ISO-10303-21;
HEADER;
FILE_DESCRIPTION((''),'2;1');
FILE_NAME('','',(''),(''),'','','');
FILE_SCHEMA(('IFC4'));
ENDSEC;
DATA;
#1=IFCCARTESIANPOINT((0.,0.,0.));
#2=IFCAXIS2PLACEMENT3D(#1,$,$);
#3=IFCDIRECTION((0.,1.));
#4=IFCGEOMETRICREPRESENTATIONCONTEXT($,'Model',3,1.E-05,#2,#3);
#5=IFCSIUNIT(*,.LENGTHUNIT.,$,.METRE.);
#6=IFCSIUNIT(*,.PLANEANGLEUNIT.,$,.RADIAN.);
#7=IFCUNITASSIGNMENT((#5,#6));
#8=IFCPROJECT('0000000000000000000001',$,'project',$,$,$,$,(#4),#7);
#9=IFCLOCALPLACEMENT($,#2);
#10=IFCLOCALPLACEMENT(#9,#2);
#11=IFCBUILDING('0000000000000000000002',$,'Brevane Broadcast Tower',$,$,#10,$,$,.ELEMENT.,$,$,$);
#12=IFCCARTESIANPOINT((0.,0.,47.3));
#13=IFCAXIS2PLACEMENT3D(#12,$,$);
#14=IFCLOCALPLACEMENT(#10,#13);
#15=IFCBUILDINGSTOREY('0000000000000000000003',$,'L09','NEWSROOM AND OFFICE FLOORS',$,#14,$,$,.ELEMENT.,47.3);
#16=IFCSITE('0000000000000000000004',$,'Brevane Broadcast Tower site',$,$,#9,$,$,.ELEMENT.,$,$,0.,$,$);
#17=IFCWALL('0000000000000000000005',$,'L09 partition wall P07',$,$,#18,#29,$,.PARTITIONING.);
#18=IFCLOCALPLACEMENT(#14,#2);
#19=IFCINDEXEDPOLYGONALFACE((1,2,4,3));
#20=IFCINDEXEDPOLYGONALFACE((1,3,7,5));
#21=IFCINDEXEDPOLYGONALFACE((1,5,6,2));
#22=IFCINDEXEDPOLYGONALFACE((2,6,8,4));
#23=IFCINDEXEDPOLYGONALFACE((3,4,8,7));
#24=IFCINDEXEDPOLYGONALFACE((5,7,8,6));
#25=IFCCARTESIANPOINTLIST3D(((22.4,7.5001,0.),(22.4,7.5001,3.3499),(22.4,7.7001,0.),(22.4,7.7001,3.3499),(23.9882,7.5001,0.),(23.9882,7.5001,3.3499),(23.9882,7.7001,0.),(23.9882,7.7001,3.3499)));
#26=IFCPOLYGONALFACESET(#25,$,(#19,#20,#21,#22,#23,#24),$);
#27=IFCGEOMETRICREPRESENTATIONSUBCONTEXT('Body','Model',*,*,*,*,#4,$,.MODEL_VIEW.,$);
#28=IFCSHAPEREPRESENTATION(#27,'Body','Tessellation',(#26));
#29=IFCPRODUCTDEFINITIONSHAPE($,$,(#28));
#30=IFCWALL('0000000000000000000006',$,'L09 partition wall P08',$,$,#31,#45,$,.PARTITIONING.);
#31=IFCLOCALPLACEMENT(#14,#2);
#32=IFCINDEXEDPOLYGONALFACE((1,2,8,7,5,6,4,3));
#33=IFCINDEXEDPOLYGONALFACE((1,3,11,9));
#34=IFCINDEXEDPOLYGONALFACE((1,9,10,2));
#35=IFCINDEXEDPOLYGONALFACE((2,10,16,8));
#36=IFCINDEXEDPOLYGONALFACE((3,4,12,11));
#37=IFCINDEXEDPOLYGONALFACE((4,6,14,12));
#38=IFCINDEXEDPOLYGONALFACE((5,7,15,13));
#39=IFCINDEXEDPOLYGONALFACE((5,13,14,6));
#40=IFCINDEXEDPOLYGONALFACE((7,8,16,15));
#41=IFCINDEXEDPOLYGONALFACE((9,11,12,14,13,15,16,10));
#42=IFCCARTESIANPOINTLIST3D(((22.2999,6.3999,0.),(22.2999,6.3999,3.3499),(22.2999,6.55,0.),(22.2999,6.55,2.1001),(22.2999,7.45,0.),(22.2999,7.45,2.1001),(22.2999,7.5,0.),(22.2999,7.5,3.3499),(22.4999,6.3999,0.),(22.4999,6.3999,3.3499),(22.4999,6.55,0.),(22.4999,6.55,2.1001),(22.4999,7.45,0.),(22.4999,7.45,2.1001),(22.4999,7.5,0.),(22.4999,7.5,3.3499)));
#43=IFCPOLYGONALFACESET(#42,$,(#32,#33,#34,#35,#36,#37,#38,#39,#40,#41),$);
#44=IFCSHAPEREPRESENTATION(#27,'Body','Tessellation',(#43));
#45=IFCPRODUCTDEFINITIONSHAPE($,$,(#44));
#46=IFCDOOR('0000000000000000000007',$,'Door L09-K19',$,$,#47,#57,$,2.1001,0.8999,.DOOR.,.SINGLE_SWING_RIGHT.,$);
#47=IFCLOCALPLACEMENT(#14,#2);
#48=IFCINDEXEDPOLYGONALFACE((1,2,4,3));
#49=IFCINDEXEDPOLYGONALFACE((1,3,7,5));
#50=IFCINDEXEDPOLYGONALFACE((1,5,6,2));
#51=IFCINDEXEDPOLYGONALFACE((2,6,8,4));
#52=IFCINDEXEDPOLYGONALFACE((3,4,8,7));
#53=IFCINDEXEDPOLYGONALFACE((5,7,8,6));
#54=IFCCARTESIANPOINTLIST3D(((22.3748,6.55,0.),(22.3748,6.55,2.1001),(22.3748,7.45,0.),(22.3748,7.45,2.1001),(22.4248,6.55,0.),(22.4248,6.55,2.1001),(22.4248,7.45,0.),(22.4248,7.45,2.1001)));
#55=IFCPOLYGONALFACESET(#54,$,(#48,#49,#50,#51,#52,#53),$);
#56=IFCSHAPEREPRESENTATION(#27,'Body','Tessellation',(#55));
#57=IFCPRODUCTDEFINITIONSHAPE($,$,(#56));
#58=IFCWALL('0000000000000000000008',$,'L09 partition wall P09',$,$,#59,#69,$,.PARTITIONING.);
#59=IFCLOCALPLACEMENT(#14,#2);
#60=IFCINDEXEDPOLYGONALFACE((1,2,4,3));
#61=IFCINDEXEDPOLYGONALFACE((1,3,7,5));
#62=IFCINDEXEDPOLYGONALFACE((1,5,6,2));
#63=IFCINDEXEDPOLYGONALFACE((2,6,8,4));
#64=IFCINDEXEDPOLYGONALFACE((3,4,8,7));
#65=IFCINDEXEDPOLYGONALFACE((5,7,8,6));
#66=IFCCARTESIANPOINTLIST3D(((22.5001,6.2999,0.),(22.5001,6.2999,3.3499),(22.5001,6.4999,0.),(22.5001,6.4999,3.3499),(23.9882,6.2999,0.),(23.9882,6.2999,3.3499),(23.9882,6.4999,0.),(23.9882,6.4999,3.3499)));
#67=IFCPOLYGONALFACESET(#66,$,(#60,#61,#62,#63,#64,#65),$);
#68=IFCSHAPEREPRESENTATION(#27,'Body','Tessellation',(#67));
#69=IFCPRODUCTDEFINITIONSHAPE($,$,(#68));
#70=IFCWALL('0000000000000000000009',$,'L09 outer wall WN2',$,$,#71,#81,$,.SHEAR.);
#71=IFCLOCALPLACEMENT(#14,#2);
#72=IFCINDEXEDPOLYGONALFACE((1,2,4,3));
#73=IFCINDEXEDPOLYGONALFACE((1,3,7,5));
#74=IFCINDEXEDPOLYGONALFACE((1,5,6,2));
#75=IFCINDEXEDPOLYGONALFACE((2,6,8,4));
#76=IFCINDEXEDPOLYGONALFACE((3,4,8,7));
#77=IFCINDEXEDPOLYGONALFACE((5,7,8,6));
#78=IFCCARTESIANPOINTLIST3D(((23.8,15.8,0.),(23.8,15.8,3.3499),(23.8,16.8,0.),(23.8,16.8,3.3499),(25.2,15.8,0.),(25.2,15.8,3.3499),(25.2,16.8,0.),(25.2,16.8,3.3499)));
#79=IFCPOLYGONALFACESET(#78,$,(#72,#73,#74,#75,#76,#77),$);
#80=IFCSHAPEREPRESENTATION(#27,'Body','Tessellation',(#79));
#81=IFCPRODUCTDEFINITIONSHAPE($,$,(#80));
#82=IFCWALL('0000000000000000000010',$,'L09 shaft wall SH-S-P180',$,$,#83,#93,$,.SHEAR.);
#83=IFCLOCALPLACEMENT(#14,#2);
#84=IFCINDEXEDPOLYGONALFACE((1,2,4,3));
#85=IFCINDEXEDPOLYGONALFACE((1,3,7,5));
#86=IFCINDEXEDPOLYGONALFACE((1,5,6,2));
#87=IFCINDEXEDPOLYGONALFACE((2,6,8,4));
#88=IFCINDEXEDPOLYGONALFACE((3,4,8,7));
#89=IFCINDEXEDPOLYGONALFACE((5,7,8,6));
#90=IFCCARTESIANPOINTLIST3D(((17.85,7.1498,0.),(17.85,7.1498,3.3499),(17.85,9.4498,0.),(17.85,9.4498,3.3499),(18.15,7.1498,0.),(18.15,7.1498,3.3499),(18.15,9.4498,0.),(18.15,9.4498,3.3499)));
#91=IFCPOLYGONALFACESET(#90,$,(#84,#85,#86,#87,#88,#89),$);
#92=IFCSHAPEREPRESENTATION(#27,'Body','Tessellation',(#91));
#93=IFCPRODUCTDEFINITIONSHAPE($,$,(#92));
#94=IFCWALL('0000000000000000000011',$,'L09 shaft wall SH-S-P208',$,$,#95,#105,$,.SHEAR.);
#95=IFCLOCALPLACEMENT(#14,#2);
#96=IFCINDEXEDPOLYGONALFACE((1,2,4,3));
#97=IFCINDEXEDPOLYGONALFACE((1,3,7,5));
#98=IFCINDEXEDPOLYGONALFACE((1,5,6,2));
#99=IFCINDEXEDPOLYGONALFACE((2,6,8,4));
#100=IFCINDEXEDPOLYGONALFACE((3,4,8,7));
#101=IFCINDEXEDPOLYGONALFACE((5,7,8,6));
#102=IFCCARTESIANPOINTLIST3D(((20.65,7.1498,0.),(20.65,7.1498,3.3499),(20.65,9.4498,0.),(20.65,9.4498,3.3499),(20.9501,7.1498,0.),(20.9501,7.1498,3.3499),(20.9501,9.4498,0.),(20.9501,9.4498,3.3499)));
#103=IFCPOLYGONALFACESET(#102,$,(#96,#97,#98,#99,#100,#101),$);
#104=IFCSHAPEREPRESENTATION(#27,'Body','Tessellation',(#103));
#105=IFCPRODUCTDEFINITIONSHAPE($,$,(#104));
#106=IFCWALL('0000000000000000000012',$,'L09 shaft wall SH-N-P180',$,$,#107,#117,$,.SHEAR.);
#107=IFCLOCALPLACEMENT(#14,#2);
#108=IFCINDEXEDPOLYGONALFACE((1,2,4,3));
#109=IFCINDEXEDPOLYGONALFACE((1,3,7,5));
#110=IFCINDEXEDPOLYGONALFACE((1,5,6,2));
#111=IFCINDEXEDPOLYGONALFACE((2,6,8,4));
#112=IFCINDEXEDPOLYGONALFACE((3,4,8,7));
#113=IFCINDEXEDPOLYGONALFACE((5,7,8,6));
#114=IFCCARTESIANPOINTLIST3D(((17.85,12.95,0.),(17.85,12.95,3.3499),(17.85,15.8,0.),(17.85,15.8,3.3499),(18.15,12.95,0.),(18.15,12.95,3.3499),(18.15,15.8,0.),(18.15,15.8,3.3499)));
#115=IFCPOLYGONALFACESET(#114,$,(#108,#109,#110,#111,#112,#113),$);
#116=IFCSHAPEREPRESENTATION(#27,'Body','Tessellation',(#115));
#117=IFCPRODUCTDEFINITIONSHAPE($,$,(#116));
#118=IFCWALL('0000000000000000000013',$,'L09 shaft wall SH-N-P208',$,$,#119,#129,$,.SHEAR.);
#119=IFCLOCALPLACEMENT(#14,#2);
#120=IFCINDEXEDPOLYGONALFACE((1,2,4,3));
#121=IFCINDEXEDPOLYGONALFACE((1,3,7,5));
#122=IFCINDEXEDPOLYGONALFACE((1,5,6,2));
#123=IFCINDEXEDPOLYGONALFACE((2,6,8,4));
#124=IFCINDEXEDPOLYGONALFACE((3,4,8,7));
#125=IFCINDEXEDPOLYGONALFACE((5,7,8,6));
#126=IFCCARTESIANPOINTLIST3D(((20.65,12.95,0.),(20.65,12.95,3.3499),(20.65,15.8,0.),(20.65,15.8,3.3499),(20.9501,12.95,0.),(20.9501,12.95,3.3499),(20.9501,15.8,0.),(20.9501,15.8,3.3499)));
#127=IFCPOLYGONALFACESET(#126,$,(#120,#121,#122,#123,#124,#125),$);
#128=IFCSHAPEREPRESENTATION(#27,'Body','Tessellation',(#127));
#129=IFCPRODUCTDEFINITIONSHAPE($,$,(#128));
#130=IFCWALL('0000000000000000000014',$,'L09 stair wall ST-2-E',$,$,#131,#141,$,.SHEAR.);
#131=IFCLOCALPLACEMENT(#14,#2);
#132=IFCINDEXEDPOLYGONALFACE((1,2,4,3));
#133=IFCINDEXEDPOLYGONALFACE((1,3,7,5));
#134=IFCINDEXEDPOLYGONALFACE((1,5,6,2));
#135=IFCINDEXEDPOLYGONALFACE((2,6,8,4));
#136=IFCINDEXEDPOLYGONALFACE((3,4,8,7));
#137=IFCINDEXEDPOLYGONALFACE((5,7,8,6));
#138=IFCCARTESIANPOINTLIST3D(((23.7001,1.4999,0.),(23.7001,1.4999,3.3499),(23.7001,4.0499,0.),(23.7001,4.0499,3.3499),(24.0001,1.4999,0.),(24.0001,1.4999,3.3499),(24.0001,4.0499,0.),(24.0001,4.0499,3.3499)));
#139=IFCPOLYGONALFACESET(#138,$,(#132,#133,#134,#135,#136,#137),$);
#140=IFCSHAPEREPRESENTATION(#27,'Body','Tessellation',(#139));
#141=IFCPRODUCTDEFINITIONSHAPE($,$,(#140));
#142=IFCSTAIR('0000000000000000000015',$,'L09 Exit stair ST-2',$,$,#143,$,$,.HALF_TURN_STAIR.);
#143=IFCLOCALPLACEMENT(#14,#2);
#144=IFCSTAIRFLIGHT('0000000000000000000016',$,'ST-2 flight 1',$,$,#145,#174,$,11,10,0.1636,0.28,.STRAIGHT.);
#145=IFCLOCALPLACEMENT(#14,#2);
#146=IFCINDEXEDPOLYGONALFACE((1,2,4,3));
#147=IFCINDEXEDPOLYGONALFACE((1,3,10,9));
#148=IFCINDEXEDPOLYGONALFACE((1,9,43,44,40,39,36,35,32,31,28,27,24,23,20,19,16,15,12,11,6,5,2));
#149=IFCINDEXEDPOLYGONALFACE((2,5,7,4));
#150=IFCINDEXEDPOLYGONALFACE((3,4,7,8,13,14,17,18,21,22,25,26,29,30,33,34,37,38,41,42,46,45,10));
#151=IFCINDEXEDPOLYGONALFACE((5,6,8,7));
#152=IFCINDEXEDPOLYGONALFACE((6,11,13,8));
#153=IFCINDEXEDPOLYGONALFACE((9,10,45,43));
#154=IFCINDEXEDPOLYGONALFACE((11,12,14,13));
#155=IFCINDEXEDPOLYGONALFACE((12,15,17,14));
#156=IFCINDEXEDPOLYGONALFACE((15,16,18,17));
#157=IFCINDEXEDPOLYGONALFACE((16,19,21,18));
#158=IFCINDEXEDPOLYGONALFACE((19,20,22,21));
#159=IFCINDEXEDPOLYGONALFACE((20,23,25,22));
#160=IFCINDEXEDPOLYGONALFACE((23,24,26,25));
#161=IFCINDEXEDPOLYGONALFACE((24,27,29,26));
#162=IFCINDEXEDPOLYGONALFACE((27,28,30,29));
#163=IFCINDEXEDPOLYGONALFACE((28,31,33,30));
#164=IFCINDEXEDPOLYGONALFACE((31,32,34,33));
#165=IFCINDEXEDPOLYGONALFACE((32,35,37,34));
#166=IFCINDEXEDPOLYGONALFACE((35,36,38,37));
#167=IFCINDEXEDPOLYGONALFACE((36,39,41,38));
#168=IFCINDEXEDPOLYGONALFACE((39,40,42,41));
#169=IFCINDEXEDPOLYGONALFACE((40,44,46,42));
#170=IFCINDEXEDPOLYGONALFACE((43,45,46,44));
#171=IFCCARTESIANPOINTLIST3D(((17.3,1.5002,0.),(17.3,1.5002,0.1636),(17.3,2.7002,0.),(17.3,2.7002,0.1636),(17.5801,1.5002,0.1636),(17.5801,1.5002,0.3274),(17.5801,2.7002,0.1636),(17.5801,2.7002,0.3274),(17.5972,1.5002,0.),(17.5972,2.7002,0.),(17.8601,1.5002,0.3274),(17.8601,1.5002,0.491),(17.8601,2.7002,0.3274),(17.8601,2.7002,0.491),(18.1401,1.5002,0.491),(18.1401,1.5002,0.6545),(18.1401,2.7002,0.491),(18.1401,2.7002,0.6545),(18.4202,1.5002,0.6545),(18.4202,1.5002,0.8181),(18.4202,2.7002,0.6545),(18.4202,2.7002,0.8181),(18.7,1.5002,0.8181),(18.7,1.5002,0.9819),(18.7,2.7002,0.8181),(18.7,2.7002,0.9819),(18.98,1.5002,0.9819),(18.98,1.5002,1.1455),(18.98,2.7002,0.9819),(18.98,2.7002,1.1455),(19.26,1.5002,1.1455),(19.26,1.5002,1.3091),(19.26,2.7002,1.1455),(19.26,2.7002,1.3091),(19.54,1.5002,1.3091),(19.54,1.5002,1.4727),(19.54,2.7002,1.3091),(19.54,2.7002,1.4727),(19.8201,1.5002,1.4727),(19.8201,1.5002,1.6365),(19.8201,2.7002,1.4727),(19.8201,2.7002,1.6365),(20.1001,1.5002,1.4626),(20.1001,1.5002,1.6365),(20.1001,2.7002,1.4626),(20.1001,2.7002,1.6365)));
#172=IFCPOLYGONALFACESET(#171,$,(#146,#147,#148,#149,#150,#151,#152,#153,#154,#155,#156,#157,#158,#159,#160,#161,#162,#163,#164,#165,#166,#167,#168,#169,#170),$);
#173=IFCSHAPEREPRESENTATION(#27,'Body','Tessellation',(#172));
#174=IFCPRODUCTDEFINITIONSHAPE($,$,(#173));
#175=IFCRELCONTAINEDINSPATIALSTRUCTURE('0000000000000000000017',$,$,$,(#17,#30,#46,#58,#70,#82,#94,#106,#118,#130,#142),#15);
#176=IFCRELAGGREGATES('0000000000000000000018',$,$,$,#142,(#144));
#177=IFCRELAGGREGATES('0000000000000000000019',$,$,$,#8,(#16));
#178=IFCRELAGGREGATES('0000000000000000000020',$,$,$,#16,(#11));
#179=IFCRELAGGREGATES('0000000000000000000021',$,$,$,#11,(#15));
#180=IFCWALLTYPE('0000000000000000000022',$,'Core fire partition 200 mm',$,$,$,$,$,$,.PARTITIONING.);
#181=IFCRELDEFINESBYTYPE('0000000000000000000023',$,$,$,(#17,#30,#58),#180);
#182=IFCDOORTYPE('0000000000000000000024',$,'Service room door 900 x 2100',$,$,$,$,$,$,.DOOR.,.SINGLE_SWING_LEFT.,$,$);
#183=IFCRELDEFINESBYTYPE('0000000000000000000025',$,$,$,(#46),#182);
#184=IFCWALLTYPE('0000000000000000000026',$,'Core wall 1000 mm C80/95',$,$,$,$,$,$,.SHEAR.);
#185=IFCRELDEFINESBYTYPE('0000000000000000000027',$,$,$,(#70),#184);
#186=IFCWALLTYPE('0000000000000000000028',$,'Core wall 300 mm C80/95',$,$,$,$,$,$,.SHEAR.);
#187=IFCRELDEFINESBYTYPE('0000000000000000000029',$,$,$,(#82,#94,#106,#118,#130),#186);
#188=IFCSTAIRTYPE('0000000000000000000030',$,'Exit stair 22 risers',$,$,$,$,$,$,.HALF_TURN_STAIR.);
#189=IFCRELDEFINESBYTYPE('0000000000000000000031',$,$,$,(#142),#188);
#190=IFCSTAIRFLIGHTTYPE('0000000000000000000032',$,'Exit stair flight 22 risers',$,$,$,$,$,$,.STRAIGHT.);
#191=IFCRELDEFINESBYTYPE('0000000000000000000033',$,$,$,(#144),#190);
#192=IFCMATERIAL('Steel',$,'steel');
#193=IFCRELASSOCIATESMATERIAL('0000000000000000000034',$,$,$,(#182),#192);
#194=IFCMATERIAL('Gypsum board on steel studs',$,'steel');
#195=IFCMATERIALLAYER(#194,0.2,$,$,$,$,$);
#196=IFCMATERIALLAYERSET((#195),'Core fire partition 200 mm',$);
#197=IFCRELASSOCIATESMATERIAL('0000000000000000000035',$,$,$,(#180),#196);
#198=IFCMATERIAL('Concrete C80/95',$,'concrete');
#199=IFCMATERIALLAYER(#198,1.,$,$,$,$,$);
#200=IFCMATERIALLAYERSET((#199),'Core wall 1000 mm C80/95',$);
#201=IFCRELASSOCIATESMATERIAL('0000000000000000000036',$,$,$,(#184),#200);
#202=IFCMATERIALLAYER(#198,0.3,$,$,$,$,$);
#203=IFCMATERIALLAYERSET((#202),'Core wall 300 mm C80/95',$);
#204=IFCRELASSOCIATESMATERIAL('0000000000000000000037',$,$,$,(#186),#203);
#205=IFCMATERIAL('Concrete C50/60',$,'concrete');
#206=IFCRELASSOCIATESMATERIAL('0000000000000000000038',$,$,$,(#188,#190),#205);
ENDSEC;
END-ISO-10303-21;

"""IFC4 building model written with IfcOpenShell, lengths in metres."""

from ifc_helpers import new_model, si_unit, direction, frame, frame_2d, origin, place, context, subcontext, project, spatial, polyline, rectangle, outline, extrude, material, layer, layer_set, type_object, element, fill, aggregate, save


model = new_model("IFC4")

# Units and contexts
model_context = context("Model", 3, precision=1e-05, world=origin(), true_north=direction((0.0, 1.0)))
body_context = subcontext(model_context, "Body", "Model", "MODEL_VIEW")
ifc_project = project(units=[si_unit("LENGTHUNIT", "METRE"), si_unit("PLANEANGLEUNIT", "RADIAN")], contexts=[model_context])

# Site, building, storey
site_placement = place(None, origin())
site = spatial("IfcSite", under=ifc_project, at=site_placement, Name="Brevane Broadcast Tower site", CompositionType="ELEMENT", RefElevation=0.0)
building_placement = place(site_placement, origin())
building = spatial("IfcBuilding", under=site, at=building_placement, Name="Brevane Broadcast Tower", CompositionType="ELEMENT")
storey_placement = place(building_placement, frame((0.0, 0.0, 47.3)))
storey = spatial("IfcBuildingStorey", under=building, at=storey_placement, Name="L09", Description="NEWSROOM AND OFFICE FLOORS", CompositionType="ELEMENT", Elevation=47.3)

# Shared definitions
ifc_material_1 = material(Name="Gypsum board on steel studs", Category="steel")
ifc_material_2 = material(Name="Steel", Category="steel")

# Shared definitions
door_type_1 = type_object("IfcDoorType", Name="Service room door 900 x 2100", OperationType="SINGLE_SWING_LEFT", PredefinedType="DOOR", material=ifc_material_2)

# Wall
ifc_layer_1 = layer(ifc_material_1, 0.2)
ifc_layer_set_1 = layer_set([ifc_layer_1], Name="Core fire partition 200 mm")
wall_type_1 = type_object("IfcWallType", Name="Core fire partition 200 mm", PredefinedType="PARTITIONING", material=ifc_layer_set_1)
wall_1_placement = place(storey_placement, frame((23.988, 7.6001, 0.0), z_axis=(0.0, 0.0, 1.0), x_axis=(-1.0, 0.0, 0.0)))
element("IfcWall", 1, at=wall_1_placement, inside=storey, type_object=wall_type_1, Name="L09 partition wall P07", PredefinedType="PARTITIONING", context=body_context, shape_type="SweptSolid", body=[
    extrude(rectangle(XDim=1.5881, YDim=0.2, at=frame_2d((0.7939, 0.0))), origin(), (0.0, 0.0, 1.0), 3.3499),
])

# Wall, opening, door
wall_2_placement = place(storey_placement, frame((22.3999, 7.5, 0.0), z_axis=(0.0, 0.0, 1.0), x_axis=(0.0, -1.0, 0.0)))
wall_2 = element("IfcWall", 2, at=wall_2_placement, inside=storey, type_object=wall_type_1, Name="L09 partition wall P08", PredefinedType="PARTITIONING", context=body_context, shape_type="SweptSolid", body=[
    extrude(rectangle(XDim=1.1001, YDim=0.2, at=frame_2d((0.55, 0.0))), origin(), (0.0, 0.0, 1.0), 3.3499),
])
opening_1_placement = place(wall_2_placement, frame((0.05, 0.0, 0.0)))
opening_1 = element("IfcOpeningElement", 3, at=opening_1_placement, cuts=wall_2, PredefinedType="OPENING", context=body_context, shape_type="SweptSolid", body=[
    extrude(rectangle(XDim=0.8999, YDim=2.1001, at=frame_2d((0.45, 1.05))), frame((0.0, 0.1099, 0.0), z_axis=(0.0, -1.0, 0.0), x_axis=(1.0, 0.0, 0.0)), (0.0, 0.0, 1.0), 0.22),
])
door_1_placement = place(opening_1_placement, origin())
door_1 = element("IfcDoor", 4, at=door_1_placement, inside=storey, type_object=door_type_1, Name="Door L09-K19", OperationType="SINGLE_SWING_RIGHT", OverallHeight=2.1001, OverallWidth=0.8999, PredefinedType="DOOR", context=body_context, shape_type="SweptSolid", body=[
    extrude(rectangle(XDim=0.8999, YDim=2.1001, at=frame_2d((0.45, 1.05))), frame((0.0, 0.0249, 0.0), z_axis=(0.0, -1.0, 0.0), x_axis=(1.0, 0.0, 0.0)), (0.0, 0.0, 1.0), 0.05),
])
fill(opening_1, door_1)

# Walls
wall_3_placement = place(storey_placement, frame((22.5, 6.3999, 0.0), z_axis=(0.0, 0.0, 1.0), x_axis=(1.0, 0.0, 0.0)))
element("IfcWall", 5, at=wall_3_placement, inside=storey, type_object=wall_type_1, Name="L09 partition wall P09", PredefinedType="PARTITIONING", context=body_context, shape_type="SweptSolid", body=[
    extrude(rectangle(XDim=1.488, YDim=0.2, at=frame_2d((0.7441, 0.0))), origin(), (0.0, 0.0, 1.0), 3.3499),
])
ifc_material_3 = material(Name="Concrete C80/95", Category="concrete")
ifc_layer_2 = layer(ifc_material_3, 1.0)
ifc_layer_set_2 = layer_set([ifc_layer_2], Name="Core wall 1000 mm C80/95")
wall_type_2 = type_object("IfcWallType", Name="Core wall 1000 mm C80/95", PredefinedType="SHEAR", material=ifc_layer_set_2)
wall_4_placement = place(storey_placement, frame((23.8, 16.3, 0.0), z_axis=(0.0, 0.0, 1.0), x_axis=(1.0, 0.0, 0.0)))
element("IfcWall", 6, at=wall_4_placement, inside=storey, type_object=wall_type_2, Name="L09 outer wall WN2", PredefinedType="SHEAR", context=body_context, shape_type="SweptSolid", body=[
    extrude(rectangle(XDim=1.3999, YDim=1.0, at=frame_2d((0.7, 0.0))), origin(), (0.0, 0.0, 1.0), 3.3499),
])
ifc_layer_3 = layer(ifc_material_3, 0.3)
ifc_layer_set_3 = layer_set([ifc_layer_3], Name="Core wall 300 mm C80/95")
wall_type_3 = type_object("IfcWallType", Name="Core wall 300 mm C80/95", PredefinedType="SHEAR", material=ifc_layer_set_3)
for number, where, z_axis, x_axis, name in (
    (7, (18.0, 7.1499, 0.0), (0.0, 0.0, 1.0), (0.0, 1.0, 0.0), "L09 shaft wall SH-S-P180"),
    (8, (20.8, 7.1499, 0.0), (0.0, 0.0, 1.0), (0.0, 1.0, 0.0), "L09 shaft wall SH-S-P208"),
):
    element("IfcWall", number, at=place(storey_placement, frame(where, z_axis=z_axis, x_axis=x_axis)), inside=storey, type_object=wall_type_3, Name=name, PredefinedType="SHEAR", context=body_context, shape_type="SweptSolid", body=[
        extrude(rectangle(XDim=2.3, YDim=0.3, at=frame_2d((1.1499, 0.0))), origin(), (0.0, 0.0, 1.0), 3.3499),
    ])
for number, where, z_axis, x_axis, name in (
    (9, (18.0, 12.95, 0.0), (0.0, 0.0, 1.0), (0.0, 1.0, 0.0), "L09 shaft wall SH-N-P180"),
    (10, (20.8, 12.95, 0.0), (0.0, 0.0, 1.0), (0.0, 1.0, 0.0), "L09 shaft wall SH-N-P208"),
):
    element("IfcWall", number, at=place(storey_placement, frame(where, z_axis=z_axis, x_axis=x_axis)), inside=storey, type_object=wall_type_3, Name=name, PredefinedType="SHEAR", context=body_context, shape_type="SweptSolid", body=[
        extrude(rectangle(XDim=2.8501, YDim=0.3, at=frame_2d((1.425, 0.0))), origin(), (0.0, 0.0, 1.0), 3.3499),
    ])
wall_5_placement = place(storey_placement, frame((23.8501, 1.5, 0.0), z_axis=(0.0, 0.0, 1.0), x_axis=(0.0, 1.0, 0.0)))
element("IfcWall", 11, at=wall_5_placement, inside=storey, type_object=wall_type_3, Name="L09 stair wall ST-2-E", PredefinedType="SHEAR", context=body_context, shape_type="SweptSolid", body=[
    extrude(rectangle(XDim=2.55, YDim=0.3, at=frame_2d((1.2749, 0.0))), origin(), (0.0, 0.0, 1.0), 3.3499),
])

# Stair, stair flight
ifc_material_4 = material(Name="Concrete C50/60", Category="concrete")
stair_type = type_object("IfcStairType", Name="Exit stair 22 risers", PredefinedType="HALF_TURN_STAIR", material=ifc_material_4)
stair_placement = place(storey_placement, origin())
stair = element("IfcStair", 12, at=stair_placement, inside=storey, type_object=stair_type, Name="L09 Exit stair ST-2", PredefinedType="HALF_TURN_STAIR")
stair_flight_type = type_object("IfcStairFlightType", Name="Exit stair flight 22 risers", PredefinedType="STRAIGHT", material=ifc_material_4)
stair_flight_1_placement = place(storey_placement, frame((17.3, 2.1001, 0.0), z_axis=(0.0, 0.0, 1.0), x_axis=(1.0, 0.0, 0.0)))
stair_flight_1 = element("IfcStairFlight", 13, at=stair_flight_1_placement, type_object=stair_flight_type, Name="ST-2 flight 1", NumberOfRisers=11, NumberOfTreads=10, PredefinedType="STRAIGHT", RiserHeight=0.1636, TreadLength=0.28, context=body_context, shape_type="SweptSolid", body=[
    extrude(outline(polyline([(0.0, 0.0), (0.0, 0.1636), (0.28, 0.1636), (0.28, 0.3274), (0.5601, 0.3274), (0.5601, 0.491), (0.8401, 0.491), (0.8401, 0.6545), (1.1201, 0.6545), (1.1201, 0.8181), (1.3999, 0.8181), (1.3999, 0.9819), (1.6799, 0.9819), (1.6799, 1.1455), (1.96, 1.1455), (1.96, 1.3091), (2.24, 1.3091), (2.24, 1.4727), (2.52, 1.4727), (2.52, 1.6365), (2.8, 1.6365), (2.8, 1.8), (2.8, 1.4626), (0.2971, 0.0), (0.0, 0.0)])), frame((0.0, 0.6001, 0.0), z_axis=(0.0, -1.0, 0.0), x_axis=(1.0, 0.0, 0.0)), (0.0, 0.0, 1.0), 1.2),
])
aggregate(stair, [stair_flight_1])

save(model, "model.ifc")
